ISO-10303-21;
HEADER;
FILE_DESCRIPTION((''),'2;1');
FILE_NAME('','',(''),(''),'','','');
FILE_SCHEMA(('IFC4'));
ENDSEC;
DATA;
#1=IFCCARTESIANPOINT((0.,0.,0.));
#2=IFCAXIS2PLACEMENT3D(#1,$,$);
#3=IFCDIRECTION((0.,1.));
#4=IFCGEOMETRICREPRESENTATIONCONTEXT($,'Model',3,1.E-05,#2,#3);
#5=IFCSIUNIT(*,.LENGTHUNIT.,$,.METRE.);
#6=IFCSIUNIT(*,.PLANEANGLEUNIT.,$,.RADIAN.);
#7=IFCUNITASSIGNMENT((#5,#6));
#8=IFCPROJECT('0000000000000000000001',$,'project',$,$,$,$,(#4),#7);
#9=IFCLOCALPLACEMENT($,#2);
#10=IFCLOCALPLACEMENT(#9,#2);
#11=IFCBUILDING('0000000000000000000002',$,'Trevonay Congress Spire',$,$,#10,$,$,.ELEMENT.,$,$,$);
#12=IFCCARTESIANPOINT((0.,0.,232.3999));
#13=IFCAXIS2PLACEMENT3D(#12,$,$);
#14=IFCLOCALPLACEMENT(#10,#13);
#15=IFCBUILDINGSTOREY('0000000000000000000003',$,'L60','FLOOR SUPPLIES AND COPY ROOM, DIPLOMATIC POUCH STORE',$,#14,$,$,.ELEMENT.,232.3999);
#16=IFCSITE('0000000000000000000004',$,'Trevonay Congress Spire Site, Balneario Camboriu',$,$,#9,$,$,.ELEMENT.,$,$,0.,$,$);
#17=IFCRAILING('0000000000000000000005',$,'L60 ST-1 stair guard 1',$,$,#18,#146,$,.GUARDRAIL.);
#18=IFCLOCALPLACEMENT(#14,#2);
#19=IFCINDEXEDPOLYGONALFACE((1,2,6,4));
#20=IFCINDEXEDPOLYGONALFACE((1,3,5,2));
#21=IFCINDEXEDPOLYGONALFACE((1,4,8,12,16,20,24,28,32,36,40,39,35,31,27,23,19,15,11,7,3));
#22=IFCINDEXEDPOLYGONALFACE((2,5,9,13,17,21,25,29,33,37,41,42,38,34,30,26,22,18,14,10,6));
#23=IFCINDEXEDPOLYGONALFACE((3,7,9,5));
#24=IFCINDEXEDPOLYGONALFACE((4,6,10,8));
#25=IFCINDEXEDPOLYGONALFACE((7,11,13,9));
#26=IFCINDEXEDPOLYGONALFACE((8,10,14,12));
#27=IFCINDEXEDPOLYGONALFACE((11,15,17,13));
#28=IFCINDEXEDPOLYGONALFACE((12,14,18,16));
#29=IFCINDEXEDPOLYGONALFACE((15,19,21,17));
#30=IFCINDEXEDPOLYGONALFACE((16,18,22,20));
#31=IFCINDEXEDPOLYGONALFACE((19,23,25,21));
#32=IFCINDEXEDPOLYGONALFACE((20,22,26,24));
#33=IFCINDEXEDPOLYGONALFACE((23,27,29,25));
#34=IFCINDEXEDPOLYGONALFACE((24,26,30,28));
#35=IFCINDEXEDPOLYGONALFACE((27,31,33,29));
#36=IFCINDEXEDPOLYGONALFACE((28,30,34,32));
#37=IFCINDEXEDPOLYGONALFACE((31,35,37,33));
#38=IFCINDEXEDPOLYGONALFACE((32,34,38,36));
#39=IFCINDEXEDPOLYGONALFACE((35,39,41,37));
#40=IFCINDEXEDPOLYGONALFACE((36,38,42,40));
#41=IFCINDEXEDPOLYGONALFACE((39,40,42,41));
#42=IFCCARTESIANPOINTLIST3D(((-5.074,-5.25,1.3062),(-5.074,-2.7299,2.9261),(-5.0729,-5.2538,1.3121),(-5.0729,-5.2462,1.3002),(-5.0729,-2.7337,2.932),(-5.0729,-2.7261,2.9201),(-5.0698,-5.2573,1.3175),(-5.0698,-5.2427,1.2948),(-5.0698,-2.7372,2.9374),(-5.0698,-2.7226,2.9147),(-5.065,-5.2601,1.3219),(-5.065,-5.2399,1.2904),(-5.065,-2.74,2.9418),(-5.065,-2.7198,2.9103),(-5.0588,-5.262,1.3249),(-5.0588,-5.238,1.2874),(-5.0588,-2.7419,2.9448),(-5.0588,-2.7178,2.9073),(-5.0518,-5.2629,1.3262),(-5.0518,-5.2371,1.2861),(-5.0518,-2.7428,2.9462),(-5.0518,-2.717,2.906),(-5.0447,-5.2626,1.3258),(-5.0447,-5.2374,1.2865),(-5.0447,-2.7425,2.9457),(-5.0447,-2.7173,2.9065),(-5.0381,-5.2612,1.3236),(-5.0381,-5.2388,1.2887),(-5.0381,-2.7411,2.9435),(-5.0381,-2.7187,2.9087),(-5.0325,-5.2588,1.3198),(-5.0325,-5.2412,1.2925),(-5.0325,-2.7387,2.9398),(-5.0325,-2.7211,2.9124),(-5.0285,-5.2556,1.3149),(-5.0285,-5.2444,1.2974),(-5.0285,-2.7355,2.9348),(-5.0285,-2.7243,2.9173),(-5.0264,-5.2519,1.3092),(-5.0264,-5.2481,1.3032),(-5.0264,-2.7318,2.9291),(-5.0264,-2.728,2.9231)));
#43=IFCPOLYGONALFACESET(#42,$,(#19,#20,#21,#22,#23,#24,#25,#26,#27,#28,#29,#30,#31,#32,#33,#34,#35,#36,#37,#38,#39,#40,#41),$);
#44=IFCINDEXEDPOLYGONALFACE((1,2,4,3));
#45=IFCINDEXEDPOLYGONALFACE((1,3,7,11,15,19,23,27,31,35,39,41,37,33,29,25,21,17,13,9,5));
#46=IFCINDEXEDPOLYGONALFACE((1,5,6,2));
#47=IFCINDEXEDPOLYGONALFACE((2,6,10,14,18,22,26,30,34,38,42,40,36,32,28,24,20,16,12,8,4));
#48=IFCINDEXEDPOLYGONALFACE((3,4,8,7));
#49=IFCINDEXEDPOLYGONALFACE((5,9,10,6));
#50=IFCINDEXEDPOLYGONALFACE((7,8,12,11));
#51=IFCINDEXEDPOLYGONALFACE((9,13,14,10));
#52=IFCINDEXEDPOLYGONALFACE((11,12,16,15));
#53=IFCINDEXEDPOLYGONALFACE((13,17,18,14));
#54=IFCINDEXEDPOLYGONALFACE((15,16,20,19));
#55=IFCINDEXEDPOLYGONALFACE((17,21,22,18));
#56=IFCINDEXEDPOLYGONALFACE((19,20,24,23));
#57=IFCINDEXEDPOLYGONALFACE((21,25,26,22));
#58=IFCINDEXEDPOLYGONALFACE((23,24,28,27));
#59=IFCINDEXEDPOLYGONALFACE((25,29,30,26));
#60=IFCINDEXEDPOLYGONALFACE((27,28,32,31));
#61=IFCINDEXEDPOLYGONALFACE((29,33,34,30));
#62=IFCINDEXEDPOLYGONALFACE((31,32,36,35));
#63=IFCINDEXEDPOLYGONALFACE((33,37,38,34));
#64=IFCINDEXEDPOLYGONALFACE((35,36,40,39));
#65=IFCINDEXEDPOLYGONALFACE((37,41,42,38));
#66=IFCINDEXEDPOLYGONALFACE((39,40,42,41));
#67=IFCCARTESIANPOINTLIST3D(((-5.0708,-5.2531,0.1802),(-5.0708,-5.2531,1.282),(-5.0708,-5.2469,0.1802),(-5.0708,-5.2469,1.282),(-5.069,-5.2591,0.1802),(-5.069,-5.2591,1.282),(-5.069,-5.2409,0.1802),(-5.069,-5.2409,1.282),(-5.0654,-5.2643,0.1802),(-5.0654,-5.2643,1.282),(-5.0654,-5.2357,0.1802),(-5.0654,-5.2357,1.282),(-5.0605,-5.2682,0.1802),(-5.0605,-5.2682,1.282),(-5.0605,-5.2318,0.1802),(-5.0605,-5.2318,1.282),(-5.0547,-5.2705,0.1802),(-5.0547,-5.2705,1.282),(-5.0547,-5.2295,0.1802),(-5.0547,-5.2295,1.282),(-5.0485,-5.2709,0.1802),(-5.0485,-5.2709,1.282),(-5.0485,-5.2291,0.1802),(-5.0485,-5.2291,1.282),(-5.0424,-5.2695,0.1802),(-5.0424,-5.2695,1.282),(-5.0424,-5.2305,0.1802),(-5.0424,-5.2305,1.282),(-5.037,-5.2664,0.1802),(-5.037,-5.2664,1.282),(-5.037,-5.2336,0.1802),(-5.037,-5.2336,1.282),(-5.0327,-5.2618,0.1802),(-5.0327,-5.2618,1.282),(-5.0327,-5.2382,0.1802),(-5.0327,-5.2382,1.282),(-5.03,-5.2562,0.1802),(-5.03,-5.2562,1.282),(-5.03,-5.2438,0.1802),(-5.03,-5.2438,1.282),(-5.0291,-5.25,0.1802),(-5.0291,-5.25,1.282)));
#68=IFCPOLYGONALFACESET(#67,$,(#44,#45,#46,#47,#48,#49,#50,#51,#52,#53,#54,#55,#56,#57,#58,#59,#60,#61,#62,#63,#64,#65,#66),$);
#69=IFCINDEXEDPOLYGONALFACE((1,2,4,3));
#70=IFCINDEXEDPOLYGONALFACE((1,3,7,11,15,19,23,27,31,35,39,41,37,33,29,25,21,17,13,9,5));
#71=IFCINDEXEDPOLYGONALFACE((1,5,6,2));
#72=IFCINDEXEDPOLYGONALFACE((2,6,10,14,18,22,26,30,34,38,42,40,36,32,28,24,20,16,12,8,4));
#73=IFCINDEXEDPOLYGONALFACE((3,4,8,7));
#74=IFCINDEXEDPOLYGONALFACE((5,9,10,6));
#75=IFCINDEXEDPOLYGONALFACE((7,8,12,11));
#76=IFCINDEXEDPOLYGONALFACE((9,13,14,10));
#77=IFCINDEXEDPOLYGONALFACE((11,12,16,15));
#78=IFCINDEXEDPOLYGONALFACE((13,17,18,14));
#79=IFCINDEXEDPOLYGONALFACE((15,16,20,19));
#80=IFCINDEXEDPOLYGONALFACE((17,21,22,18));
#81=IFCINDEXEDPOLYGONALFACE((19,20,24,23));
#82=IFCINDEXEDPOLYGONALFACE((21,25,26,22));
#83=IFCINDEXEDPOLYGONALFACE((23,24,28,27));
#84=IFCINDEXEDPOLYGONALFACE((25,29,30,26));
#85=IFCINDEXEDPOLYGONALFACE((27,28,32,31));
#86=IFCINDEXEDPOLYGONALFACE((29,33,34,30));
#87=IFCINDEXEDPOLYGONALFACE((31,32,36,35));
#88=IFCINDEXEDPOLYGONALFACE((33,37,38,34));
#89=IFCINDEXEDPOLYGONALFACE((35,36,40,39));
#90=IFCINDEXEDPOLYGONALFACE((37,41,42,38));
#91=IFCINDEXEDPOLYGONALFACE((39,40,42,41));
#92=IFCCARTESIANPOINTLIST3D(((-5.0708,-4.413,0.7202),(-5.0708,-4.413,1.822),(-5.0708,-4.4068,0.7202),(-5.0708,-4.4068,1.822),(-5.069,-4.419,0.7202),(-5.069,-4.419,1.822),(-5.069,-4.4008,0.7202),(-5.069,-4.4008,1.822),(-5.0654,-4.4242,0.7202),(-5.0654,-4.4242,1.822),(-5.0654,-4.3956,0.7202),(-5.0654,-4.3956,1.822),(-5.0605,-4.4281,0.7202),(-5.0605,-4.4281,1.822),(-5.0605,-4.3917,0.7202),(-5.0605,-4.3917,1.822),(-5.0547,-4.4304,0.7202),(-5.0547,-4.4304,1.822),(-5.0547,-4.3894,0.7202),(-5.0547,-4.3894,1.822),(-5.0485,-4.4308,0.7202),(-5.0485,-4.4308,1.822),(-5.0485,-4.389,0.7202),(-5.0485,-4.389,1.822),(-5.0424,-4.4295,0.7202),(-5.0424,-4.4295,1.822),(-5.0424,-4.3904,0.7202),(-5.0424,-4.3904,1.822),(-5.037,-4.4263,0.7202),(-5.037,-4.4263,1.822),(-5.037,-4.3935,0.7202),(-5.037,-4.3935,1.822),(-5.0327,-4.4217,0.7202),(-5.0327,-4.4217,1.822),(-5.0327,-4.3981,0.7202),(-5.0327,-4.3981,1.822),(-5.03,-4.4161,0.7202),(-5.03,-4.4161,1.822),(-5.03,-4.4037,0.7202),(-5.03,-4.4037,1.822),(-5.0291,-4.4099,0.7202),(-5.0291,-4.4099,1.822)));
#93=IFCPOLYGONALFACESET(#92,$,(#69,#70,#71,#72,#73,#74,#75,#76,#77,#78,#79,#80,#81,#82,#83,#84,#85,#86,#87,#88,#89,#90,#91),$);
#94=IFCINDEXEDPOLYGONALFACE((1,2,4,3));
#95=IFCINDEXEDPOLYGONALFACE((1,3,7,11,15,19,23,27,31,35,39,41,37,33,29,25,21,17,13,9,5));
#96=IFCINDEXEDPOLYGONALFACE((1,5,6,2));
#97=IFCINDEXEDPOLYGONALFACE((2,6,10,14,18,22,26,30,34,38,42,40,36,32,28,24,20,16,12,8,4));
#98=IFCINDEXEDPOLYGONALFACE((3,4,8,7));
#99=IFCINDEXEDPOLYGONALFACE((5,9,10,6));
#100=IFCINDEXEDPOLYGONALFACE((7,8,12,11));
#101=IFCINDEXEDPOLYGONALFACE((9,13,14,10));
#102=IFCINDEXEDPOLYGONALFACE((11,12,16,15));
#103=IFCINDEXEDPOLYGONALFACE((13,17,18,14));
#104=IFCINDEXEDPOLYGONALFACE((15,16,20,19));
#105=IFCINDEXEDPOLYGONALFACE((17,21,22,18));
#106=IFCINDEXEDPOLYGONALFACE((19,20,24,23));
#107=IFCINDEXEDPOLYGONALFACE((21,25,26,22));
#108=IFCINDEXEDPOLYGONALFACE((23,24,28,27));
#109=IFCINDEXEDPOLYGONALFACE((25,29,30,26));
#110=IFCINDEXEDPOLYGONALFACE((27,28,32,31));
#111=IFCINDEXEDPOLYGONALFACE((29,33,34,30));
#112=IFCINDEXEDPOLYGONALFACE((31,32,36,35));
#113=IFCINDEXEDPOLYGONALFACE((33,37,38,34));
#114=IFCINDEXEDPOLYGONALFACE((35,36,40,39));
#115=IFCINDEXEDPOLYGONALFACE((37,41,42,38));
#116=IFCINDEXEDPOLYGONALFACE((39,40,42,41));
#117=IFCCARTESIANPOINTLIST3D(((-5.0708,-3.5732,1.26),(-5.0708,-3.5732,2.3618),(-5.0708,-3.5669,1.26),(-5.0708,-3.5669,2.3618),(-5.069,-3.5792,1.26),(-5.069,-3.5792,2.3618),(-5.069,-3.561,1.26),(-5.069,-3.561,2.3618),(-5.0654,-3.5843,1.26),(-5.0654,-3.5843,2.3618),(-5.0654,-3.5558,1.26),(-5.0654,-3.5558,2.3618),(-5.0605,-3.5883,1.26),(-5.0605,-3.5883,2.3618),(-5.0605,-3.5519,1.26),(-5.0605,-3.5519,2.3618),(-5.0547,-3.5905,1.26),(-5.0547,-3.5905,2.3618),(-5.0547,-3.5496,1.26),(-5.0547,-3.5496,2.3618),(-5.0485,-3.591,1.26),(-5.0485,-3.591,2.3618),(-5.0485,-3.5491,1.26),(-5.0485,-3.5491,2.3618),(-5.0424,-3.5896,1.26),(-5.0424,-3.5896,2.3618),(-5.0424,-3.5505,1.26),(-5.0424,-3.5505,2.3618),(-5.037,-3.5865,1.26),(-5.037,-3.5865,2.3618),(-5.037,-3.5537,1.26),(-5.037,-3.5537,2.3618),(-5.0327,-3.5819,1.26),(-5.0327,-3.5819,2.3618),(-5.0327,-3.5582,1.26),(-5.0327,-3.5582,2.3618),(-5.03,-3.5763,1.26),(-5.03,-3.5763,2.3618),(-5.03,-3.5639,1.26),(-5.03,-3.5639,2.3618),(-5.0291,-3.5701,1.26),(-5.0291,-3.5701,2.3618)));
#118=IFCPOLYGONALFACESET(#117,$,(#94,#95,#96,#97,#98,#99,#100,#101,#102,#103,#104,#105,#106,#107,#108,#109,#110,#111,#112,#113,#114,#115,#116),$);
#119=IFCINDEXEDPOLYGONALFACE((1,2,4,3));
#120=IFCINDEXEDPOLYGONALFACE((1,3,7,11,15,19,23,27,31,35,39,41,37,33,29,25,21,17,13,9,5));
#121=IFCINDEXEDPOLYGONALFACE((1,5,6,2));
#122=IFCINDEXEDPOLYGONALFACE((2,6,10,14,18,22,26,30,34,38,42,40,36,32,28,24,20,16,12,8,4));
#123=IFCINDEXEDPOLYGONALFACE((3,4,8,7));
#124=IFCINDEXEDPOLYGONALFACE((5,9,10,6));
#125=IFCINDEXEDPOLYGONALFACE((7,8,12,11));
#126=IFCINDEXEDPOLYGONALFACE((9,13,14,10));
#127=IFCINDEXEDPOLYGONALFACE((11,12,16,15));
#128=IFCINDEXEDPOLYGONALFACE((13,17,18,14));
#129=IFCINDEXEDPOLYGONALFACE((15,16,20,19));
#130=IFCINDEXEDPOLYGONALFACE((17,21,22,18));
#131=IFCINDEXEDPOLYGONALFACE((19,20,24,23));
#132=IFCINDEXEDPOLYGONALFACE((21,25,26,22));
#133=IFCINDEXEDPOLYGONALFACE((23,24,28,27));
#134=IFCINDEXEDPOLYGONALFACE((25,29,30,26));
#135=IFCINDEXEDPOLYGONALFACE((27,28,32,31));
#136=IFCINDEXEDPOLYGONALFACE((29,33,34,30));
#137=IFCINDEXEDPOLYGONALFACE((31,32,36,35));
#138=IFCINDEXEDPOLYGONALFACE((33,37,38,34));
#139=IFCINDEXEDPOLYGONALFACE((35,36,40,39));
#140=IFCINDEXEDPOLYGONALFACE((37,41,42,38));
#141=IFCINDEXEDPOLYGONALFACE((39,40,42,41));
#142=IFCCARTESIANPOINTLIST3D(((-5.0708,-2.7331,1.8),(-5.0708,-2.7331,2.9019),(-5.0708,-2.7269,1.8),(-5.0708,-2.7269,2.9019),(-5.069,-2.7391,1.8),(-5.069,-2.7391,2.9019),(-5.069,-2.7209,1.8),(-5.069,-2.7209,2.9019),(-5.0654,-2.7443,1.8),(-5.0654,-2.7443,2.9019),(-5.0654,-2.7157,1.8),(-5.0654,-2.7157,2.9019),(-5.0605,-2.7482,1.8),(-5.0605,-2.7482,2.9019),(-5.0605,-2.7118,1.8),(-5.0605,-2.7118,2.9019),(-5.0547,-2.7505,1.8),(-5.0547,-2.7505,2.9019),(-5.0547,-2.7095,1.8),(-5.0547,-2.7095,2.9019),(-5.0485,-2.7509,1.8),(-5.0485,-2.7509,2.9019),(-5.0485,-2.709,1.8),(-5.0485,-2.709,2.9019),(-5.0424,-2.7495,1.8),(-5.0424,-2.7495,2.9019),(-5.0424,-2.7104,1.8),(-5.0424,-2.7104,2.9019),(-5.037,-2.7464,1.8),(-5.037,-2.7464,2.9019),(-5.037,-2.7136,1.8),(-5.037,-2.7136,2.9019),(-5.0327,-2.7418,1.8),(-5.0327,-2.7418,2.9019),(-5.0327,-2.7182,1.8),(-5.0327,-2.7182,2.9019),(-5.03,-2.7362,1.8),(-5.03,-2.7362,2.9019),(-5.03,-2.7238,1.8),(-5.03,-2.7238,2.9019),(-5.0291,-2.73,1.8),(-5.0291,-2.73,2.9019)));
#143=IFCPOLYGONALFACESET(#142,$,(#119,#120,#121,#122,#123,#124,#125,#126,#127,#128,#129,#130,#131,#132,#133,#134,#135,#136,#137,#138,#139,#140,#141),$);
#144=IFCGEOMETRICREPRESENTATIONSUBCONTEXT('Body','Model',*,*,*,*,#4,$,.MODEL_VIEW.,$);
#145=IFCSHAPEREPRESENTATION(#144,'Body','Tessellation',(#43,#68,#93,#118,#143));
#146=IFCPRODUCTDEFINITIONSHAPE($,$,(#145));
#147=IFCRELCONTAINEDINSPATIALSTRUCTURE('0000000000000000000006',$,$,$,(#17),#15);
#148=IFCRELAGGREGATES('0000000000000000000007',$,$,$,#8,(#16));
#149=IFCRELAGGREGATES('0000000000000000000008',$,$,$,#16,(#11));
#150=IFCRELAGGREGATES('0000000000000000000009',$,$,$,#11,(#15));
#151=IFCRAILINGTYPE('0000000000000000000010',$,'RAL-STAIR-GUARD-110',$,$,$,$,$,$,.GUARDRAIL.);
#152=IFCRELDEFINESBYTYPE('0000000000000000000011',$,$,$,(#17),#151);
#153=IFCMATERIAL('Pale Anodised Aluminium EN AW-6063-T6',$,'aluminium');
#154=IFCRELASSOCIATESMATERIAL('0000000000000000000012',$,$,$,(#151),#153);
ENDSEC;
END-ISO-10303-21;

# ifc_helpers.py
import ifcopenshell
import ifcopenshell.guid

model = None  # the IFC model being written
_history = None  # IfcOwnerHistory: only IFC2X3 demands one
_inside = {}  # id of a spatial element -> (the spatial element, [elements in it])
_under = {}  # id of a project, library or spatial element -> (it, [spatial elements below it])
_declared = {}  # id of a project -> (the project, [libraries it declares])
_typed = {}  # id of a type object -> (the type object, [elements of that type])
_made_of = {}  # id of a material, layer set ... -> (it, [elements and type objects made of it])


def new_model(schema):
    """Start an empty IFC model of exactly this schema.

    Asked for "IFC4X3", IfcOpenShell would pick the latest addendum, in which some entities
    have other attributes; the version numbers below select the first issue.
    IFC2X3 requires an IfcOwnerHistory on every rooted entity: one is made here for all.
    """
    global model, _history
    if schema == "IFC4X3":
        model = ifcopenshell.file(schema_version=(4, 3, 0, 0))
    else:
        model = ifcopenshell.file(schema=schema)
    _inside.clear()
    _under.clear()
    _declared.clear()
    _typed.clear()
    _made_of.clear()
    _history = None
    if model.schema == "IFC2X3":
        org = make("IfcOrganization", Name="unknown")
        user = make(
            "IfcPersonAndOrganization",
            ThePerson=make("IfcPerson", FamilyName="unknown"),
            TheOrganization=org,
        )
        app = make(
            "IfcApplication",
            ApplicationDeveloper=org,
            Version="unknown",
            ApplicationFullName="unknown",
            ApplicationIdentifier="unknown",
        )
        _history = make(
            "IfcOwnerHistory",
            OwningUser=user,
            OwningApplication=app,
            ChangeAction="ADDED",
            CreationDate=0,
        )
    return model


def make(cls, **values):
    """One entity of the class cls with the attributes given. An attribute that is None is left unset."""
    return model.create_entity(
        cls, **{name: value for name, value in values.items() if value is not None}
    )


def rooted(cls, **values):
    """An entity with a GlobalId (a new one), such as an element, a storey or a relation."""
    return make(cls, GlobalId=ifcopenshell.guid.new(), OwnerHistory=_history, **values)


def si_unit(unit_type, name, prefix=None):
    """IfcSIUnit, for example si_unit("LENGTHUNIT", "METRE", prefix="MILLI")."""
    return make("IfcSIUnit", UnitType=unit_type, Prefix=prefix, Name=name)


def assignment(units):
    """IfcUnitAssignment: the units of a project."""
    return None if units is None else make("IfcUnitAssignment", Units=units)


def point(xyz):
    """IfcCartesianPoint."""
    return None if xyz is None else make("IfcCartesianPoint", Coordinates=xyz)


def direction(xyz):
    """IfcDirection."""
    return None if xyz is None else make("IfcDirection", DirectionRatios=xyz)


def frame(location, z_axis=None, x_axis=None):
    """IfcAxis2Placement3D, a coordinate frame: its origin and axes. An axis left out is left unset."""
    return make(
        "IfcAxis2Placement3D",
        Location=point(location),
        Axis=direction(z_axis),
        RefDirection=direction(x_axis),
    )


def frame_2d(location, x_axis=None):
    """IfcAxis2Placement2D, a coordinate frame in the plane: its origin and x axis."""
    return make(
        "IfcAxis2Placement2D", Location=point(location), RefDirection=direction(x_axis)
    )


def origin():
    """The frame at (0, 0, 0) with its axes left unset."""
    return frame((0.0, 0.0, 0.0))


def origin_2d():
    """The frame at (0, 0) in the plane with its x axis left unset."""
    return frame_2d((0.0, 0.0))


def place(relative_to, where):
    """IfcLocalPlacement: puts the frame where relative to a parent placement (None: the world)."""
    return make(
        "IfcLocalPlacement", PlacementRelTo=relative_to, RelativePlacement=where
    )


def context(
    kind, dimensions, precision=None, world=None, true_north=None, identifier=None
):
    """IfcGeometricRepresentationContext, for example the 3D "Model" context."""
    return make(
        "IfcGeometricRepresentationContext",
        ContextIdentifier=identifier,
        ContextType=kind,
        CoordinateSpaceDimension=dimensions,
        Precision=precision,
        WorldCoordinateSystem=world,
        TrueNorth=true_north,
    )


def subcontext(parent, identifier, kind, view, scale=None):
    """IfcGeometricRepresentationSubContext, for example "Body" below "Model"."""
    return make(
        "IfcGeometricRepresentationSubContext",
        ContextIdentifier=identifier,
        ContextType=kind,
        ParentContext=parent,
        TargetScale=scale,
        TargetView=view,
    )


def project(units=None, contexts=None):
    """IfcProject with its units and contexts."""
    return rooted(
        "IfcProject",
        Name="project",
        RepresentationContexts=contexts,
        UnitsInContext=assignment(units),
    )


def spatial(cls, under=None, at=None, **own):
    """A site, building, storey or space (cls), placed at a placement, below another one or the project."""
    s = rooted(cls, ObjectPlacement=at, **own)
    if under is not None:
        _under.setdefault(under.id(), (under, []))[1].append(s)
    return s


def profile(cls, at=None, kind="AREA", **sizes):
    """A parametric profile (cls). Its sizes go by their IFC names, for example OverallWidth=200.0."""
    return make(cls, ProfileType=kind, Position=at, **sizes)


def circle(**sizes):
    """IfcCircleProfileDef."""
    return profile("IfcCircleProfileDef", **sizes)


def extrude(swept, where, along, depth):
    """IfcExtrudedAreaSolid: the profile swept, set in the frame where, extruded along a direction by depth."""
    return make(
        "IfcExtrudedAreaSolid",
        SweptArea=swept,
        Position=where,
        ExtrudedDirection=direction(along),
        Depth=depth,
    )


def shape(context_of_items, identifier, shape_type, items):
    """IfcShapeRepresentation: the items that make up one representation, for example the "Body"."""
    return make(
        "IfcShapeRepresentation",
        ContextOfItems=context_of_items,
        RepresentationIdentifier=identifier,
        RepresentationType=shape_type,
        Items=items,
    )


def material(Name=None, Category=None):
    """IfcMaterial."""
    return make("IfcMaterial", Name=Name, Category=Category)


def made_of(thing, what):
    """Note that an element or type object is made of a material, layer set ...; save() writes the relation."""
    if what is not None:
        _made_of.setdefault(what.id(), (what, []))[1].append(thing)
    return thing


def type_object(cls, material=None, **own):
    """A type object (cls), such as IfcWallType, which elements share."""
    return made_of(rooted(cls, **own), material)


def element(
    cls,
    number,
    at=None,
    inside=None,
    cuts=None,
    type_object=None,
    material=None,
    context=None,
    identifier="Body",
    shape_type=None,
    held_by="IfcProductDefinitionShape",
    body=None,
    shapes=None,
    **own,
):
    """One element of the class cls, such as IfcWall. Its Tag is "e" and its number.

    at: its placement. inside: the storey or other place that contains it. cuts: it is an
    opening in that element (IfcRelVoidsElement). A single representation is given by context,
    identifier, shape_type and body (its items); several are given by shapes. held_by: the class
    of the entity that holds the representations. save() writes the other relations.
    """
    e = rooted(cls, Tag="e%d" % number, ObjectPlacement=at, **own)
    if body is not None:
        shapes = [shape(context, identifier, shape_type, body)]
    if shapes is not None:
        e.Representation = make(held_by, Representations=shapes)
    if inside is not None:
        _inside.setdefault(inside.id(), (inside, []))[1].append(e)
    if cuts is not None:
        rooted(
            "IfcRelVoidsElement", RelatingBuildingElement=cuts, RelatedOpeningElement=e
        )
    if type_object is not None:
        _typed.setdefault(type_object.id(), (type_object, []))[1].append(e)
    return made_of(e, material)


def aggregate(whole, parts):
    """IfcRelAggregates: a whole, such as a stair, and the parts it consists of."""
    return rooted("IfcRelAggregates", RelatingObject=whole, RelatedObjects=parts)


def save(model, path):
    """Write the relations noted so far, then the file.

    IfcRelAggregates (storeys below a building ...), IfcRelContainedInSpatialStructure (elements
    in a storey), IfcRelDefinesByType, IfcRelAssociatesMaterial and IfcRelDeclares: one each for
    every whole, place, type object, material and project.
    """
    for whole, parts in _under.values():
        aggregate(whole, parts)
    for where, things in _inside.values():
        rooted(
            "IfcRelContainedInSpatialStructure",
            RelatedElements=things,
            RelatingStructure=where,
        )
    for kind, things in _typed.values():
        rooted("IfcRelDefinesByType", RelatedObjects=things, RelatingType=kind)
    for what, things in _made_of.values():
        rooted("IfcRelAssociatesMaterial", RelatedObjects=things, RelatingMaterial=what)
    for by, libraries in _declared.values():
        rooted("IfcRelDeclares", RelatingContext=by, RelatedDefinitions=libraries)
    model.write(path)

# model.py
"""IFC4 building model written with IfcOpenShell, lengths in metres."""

from ifc_helpers import new_model, si_unit, direction, frame, origin, origin_2d, place, context, subcontext, project, spatial, circle, extrude, material, type_object, element, save


model = new_model("IFC4")

# Units and contexts
model_context = context("Model", 3, precision=1e-05, world=origin(), true_north=direction((0.0, 1.0)))
body_context = subcontext(model_context, "Body", "Model", "MODEL_VIEW")
ifc_project = project(units=[si_unit("LENGTHUNIT", "METRE"), si_unit("PLANEANGLEUNIT", "RADIAN")], contexts=[model_context])

# Site, building, storey
site_placement = place(None, origin())
site = spatial("IfcSite", under=ifc_project, at=site_placement, Name="Trevonay Congress Spire Site, Balneario Camboriu", CompositionType="ELEMENT", RefElevation=0.0)
building_placement = place(site_placement, origin())
building = spatial("IfcBuilding", under=site, at=building_placement, Name="Trevonay Congress Spire", CompositionType="ELEMENT")
storey_placement = place(building_placement, frame((0.0, 0.0, 232.3999)))
storey = spatial("IfcBuildingStorey", under=building, at=storey_placement, Name="L60", Description="FLOOR SUPPLIES AND COPY ROOM, DIPLOMATIC POUCH STORE", CompositionType="ELEMENT", Elevation=232.3999)

# Railing
ifc_material_1 = material(Name="Pale Anodised Aluminium EN AW-6063-T6", Category="aluminium")
railing_type_1 = type_object("IfcRailingType", Name="RAL-STAIR-GUARD-110", PredefinedType="GUARDRAIL", material=ifc_material_1)
railing_1_placement = place(storey_placement, frame((-5.05, -5.25, 0.1802)))
element("IfcRailing", 1, at=railing_1_placement, inside=storey, type_object=railing_type_1, Name="L60 ST-1 stair guard 1", PredefinedType="GUARDRAIL", context=body_context, shape_type="SweptSolid", body=[
    extrude(circle(Radius=0.0239, at=origin_2d()), frame((0.0, 0.0, 1.126), z_axis=(0.0, 0.8412, 0.540725), x_axis=(-1.0, 0.0, 0.0)), (0.0, 0.0, 1.0), 2.9958),
    extrude(circle(Radius=0.021, at=origin_2d()), origin(), (0.0, 0.0, 1.0), 1.1018),
    extrude(circle(Radius=0.021, at=origin_2d()), frame((0.0, 0.8401, 0.54)), (0.0, 0.0, 1.0), 1.1018),
    extrude(circle(Radius=0.021, at=origin_2d()), frame((0.0, 1.6799, 1.0798)), (0.0, 0.0, 1.0), 1.1018),
    extrude(circle(Radius=0.021, at=origin_2d()), frame((0.0, 2.52, 1.6199)), (0.0, 0.0, 1.0), 1.1018),
])

save(model, "model.ifc")
